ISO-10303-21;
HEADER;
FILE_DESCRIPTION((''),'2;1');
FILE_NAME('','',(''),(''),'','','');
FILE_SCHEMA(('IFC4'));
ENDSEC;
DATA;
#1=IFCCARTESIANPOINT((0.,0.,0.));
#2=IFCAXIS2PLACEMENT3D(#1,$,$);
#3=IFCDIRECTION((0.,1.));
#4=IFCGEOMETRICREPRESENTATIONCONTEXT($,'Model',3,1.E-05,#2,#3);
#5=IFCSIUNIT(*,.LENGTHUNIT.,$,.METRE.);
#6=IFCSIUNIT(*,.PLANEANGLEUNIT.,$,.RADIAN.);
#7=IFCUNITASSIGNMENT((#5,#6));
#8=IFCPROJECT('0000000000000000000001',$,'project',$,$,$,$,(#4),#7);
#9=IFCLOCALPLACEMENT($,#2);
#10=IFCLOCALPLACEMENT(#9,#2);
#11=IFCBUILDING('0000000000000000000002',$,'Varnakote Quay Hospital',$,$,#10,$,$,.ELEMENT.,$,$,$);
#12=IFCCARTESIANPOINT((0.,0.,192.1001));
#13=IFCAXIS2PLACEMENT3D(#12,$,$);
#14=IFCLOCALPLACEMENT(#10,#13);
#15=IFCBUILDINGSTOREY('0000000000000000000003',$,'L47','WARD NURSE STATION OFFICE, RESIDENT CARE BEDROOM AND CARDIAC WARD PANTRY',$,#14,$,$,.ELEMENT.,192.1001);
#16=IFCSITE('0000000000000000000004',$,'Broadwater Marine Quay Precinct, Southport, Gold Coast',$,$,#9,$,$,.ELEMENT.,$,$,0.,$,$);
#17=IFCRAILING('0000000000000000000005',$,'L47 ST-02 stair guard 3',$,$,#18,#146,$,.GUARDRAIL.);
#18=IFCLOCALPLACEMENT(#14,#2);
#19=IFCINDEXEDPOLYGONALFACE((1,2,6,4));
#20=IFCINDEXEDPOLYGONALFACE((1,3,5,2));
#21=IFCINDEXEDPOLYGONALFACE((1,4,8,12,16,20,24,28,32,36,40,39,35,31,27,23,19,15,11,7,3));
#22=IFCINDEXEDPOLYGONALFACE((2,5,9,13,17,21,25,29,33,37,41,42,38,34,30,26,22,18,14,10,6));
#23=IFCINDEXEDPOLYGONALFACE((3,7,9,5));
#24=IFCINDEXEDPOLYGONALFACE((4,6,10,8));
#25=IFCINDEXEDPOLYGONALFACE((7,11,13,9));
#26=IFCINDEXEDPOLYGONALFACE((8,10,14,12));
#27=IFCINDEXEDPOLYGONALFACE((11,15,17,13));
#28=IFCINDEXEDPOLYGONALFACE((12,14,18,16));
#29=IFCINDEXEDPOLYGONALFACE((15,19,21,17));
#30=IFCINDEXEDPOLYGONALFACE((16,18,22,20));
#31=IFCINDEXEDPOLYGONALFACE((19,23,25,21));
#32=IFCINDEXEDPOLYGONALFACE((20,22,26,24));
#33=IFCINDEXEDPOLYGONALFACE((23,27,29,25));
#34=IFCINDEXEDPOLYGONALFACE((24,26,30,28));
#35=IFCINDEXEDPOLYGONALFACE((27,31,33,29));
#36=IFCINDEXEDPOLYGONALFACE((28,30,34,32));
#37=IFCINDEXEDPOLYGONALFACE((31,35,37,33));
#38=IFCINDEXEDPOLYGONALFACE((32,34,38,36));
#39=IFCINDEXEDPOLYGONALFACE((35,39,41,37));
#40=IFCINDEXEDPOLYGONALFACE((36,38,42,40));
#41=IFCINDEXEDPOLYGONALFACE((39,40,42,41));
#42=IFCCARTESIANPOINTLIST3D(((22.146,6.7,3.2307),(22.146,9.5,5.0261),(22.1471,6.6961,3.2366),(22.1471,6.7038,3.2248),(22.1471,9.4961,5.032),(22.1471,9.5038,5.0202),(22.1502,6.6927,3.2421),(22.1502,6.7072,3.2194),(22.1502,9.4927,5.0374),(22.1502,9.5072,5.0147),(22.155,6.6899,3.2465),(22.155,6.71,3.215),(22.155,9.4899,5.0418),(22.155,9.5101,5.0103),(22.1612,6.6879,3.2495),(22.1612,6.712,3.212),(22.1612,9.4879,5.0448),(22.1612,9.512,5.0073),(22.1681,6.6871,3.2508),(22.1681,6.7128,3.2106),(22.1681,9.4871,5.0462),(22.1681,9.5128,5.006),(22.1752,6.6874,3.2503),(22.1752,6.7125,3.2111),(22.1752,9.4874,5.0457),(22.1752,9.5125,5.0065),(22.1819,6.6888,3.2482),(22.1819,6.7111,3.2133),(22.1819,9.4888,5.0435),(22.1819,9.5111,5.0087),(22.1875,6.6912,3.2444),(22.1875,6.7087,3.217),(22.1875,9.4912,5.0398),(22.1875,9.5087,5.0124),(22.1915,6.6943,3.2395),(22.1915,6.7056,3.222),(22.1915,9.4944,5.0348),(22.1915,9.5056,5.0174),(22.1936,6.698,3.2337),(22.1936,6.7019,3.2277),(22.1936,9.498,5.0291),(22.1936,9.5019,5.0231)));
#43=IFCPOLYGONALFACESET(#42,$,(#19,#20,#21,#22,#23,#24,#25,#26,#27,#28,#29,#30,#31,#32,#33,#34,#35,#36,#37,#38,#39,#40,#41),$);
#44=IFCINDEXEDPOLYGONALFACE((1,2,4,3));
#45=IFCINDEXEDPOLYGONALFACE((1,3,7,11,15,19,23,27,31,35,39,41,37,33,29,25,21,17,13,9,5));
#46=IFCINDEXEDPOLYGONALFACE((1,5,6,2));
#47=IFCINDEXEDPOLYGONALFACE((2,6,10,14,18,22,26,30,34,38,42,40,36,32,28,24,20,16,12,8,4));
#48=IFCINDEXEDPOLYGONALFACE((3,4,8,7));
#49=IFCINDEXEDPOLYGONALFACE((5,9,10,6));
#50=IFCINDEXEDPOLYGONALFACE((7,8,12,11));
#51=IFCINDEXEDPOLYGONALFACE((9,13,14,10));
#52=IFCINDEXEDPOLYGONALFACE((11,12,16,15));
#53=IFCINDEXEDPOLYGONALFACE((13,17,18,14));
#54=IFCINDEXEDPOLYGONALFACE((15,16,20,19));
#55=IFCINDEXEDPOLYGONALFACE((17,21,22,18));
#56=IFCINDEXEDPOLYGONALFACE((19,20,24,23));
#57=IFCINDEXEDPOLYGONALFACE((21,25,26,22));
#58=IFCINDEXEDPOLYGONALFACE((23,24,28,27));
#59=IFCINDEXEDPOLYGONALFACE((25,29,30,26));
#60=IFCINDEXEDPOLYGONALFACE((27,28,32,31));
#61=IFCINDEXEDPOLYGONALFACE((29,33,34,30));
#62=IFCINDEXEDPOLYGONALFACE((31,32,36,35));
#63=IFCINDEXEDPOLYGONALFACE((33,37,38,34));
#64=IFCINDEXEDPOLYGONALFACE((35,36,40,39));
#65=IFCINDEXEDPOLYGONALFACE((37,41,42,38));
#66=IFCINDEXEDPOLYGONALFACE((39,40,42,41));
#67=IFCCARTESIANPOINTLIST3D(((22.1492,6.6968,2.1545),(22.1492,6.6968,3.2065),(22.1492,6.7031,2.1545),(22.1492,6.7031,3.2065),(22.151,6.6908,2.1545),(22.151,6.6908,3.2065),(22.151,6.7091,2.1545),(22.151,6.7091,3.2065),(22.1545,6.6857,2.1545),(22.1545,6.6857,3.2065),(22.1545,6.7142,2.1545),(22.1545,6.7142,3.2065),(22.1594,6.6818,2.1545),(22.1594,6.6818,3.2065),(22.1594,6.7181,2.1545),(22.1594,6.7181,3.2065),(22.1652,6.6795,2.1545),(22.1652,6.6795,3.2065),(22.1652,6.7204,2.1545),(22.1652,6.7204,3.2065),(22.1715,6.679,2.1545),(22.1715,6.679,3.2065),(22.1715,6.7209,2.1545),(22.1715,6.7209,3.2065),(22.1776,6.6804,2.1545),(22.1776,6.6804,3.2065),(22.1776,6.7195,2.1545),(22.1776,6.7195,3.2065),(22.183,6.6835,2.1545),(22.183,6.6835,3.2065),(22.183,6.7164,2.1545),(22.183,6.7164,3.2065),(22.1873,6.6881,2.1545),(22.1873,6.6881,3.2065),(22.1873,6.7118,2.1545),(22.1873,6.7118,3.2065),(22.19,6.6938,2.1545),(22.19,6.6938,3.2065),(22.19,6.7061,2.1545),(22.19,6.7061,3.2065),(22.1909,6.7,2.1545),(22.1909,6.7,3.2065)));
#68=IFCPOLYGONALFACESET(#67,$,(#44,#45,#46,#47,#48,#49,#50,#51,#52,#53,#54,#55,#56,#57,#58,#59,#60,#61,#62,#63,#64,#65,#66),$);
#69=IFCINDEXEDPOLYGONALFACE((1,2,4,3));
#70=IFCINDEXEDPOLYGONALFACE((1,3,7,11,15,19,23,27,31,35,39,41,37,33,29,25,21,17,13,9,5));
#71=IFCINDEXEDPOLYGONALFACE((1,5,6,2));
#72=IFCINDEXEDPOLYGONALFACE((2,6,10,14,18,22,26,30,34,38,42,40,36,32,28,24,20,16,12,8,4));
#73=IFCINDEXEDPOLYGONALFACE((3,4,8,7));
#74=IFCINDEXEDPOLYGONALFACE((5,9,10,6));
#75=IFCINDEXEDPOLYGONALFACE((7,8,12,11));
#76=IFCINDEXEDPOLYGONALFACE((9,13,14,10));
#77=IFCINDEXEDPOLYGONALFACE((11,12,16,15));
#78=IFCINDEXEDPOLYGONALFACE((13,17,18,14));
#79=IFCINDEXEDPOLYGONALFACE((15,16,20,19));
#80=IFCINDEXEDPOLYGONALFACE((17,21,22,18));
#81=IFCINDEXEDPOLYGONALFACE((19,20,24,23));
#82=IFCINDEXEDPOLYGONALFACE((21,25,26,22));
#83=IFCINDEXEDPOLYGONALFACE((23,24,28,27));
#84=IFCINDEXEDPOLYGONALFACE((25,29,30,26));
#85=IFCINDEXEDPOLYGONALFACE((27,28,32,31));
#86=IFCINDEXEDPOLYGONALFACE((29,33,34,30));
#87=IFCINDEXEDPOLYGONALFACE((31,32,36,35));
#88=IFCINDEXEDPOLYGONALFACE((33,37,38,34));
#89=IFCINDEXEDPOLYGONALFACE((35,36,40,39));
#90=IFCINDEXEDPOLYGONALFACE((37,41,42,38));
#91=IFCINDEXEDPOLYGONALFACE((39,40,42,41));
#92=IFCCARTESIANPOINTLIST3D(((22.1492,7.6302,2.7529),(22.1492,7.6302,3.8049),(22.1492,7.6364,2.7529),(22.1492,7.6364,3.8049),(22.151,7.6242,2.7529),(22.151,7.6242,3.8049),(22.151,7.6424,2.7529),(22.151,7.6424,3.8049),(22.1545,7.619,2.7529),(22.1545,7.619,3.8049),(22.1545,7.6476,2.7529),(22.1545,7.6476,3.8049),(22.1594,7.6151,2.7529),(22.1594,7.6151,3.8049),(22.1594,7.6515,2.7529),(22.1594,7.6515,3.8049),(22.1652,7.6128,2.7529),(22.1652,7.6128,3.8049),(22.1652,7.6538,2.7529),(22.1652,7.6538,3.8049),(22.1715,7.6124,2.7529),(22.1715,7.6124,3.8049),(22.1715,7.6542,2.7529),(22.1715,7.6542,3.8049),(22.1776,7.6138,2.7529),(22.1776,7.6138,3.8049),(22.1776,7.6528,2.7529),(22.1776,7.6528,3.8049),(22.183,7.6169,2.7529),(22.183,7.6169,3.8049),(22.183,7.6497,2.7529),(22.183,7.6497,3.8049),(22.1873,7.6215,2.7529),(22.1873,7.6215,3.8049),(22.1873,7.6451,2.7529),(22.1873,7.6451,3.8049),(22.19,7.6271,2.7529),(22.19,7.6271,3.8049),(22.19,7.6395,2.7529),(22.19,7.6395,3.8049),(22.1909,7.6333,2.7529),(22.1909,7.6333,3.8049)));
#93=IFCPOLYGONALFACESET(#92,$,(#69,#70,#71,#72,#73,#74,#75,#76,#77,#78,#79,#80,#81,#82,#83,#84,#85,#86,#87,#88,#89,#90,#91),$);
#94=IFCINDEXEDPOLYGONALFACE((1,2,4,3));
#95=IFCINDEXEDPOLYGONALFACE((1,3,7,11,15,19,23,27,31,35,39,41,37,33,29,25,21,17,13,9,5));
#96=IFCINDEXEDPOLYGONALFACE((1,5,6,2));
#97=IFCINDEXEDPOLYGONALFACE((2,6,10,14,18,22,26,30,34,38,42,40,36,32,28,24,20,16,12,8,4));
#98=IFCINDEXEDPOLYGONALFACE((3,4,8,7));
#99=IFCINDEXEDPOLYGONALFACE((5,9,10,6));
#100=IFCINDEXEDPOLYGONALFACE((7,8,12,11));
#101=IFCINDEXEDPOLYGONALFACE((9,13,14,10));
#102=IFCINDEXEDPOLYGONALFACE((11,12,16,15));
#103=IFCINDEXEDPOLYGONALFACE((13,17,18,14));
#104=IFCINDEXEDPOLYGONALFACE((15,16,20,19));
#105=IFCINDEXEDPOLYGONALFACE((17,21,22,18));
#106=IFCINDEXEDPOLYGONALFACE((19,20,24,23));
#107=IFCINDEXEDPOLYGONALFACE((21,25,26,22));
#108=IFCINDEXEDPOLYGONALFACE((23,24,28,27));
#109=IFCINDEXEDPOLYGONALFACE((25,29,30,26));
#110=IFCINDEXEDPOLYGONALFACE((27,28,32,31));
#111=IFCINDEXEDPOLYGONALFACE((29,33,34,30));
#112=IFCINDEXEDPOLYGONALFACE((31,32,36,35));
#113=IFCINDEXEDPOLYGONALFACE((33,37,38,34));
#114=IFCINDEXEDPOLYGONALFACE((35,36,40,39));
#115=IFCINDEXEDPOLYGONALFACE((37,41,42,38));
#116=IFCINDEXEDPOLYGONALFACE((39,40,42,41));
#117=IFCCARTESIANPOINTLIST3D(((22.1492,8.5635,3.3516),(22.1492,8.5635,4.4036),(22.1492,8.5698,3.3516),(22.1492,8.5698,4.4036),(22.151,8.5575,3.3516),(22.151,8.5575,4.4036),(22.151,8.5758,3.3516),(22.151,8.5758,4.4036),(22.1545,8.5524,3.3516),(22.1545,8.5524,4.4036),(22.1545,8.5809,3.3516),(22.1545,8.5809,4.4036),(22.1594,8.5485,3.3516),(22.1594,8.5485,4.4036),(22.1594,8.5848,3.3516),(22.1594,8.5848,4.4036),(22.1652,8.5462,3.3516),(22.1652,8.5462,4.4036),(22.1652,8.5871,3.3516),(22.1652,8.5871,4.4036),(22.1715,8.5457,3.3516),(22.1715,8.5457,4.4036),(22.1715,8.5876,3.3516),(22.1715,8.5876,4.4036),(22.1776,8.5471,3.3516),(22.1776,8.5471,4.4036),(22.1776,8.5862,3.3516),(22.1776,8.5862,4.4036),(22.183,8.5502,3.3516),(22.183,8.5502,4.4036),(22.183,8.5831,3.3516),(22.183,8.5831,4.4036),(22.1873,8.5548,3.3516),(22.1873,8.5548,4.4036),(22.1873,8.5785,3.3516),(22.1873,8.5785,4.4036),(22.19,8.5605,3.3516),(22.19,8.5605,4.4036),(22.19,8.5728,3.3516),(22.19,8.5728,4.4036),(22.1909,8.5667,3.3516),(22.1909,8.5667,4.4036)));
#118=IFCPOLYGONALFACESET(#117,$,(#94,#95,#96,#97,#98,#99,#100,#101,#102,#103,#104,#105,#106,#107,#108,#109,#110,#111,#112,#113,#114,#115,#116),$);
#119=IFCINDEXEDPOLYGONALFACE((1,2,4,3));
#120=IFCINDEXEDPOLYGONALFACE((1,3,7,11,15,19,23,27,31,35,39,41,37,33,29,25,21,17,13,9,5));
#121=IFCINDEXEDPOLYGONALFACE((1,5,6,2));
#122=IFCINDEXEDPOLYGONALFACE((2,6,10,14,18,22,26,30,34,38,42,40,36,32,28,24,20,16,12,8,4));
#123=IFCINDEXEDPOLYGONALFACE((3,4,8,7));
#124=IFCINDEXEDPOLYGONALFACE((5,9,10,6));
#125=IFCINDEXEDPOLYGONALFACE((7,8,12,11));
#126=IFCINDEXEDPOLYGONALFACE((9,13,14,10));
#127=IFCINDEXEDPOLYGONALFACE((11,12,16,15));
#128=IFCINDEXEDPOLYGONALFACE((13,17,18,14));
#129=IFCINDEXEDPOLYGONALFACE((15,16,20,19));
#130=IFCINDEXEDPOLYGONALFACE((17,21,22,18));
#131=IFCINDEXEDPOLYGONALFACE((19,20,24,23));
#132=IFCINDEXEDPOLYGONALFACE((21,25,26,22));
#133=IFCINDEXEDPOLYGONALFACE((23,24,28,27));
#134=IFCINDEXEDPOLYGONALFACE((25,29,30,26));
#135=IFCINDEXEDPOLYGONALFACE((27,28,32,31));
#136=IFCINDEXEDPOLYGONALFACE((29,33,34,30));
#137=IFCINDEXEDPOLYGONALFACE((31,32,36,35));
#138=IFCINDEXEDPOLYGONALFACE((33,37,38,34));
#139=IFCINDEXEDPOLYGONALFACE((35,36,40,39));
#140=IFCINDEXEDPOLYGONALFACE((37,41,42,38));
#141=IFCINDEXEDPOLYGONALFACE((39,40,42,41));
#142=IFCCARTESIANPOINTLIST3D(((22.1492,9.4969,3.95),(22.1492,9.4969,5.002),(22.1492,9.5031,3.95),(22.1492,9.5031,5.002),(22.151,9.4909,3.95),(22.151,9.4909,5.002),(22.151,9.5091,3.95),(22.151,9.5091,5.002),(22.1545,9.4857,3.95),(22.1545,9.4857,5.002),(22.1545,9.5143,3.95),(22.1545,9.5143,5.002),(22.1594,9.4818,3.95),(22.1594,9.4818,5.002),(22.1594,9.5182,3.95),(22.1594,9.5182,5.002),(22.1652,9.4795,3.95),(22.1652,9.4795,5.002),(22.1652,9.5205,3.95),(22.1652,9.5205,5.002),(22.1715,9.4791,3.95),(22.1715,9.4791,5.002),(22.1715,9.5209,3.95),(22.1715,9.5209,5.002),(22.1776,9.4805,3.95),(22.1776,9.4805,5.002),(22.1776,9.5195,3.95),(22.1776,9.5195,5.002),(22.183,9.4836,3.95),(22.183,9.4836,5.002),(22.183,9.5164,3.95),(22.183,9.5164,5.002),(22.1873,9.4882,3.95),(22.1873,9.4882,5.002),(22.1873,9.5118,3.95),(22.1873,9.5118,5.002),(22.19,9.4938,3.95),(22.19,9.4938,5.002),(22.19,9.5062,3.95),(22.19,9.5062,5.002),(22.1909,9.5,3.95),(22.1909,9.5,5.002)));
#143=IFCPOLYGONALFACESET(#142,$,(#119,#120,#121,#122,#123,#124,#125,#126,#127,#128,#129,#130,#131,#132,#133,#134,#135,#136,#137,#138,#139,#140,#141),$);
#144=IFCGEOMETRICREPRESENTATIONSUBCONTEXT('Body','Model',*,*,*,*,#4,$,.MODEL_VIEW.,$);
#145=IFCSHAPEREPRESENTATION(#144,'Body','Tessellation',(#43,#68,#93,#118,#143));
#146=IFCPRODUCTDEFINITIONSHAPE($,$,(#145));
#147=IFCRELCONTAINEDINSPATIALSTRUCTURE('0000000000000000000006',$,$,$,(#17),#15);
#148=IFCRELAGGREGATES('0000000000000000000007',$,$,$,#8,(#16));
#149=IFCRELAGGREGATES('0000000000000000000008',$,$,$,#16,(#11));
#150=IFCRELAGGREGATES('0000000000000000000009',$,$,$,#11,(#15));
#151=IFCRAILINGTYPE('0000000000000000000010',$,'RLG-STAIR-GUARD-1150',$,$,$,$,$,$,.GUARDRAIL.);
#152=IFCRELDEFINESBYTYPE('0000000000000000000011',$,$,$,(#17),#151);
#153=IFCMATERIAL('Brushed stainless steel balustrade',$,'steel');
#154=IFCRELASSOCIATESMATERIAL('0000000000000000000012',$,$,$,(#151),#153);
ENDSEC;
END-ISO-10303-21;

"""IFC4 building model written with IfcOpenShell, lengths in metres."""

from ifc_helpers import new_model, si_unit, direction, frame, origin, origin_2d, place, context, subcontext, project, spatial, circle, extrude, material, type_object, element, save


model = new_model("IFC4")

# Units and contexts
model_context = context("Model", 3, precision=1e-05, world=origin(), true_north=direction((0.0, 1.0)))
body_context = subcontext(model_context, "Body", "Model", "MODEL_VIEW")
ifc_project = project(units=[si_unit("LENGTHUNIT", "METRE"), si_unit("PLANEANGLEUNIT", "RADIAN")], contexts=[model_context])

# Site, building, storey
site_placement = place(None, origin())
site = spatial("IfcSite", under=ifc_project, at=site_placement, Name="Broadwater Marine Quay Precinct, Southport, Gold Coast", CompositionType="ELEMENT", RefElevation=0.0)
building_placement = place(site_placement, origin())
building = spatial("IfcBuilding", under=site, at=building_placement, Name="Varnakote Quay Hospital", CompositionType="ELEMENT")
storey_placement = place(building_placement, frame((0.0, 0.0, 192.1001)))
storey = spatial("IfcBuildingStorey", under=building, at=storey_placement, Name="L47", Description="WARD NURSE STATION OFFICE, RESIDENT CARE BEDROOM AND CARDIAC WARD PANTRY", CompositionType="ELEMENT", Elevation=192.1001)

# Railing
ifc_material_1 = material(Name="Brushed stainless steel balustrade", Category="steel")
railing_type_1 = type_object("IfcRailingType", Name="RLG-STAIR-GUARD-1150", PredefinedType="GUARDRAIL", material=ifc_material_1)
railing_1_placement = place(storey_placement, frame((22.1699, 6.7, 2.1545)))
element("IfcRailing", 1, at=railing_1_placement, inside=storey, type_object=railing_type_1, Name="L47 ST-02 stair guard 3", PredefinedType="GUARDRAIL", context=body_context, shape_type="SweptSolid", body=[
    extrude(circle(Radius=0.0239, at=origin_2d()), frame((0.0, 0.0, 1.0762), z_axis=(0.0, 0.84181, 0.539774), x_axis=(-1.0, 0.0, 0.0)), (0.0, 0.0, 1.0), 3.3262),
    extrude(circle(Radius=0.021, at=origin_2d()), origin(), (0.0, 0.0, 1.0), 1.052),
    extrude(circle(Radius=0.021, at=origin_2d()), frame((0.0, 0.9333, 0.5984)), (0.0, 0.0, 1.0), 1.052),
    extrude(circle(Radius=0.021, at=origin_2d()), frame((0.0, 1.8667, 1.197)), (0.0, 0.0, 1.0), 1.052),
    extrude(circle(Radius=0.021, at=origin_2d()), frame((0.0, 2.8, 1.7954)), (0.0, 0.0, 1.0), 1.052),
])

save(model, "model.ifc")
